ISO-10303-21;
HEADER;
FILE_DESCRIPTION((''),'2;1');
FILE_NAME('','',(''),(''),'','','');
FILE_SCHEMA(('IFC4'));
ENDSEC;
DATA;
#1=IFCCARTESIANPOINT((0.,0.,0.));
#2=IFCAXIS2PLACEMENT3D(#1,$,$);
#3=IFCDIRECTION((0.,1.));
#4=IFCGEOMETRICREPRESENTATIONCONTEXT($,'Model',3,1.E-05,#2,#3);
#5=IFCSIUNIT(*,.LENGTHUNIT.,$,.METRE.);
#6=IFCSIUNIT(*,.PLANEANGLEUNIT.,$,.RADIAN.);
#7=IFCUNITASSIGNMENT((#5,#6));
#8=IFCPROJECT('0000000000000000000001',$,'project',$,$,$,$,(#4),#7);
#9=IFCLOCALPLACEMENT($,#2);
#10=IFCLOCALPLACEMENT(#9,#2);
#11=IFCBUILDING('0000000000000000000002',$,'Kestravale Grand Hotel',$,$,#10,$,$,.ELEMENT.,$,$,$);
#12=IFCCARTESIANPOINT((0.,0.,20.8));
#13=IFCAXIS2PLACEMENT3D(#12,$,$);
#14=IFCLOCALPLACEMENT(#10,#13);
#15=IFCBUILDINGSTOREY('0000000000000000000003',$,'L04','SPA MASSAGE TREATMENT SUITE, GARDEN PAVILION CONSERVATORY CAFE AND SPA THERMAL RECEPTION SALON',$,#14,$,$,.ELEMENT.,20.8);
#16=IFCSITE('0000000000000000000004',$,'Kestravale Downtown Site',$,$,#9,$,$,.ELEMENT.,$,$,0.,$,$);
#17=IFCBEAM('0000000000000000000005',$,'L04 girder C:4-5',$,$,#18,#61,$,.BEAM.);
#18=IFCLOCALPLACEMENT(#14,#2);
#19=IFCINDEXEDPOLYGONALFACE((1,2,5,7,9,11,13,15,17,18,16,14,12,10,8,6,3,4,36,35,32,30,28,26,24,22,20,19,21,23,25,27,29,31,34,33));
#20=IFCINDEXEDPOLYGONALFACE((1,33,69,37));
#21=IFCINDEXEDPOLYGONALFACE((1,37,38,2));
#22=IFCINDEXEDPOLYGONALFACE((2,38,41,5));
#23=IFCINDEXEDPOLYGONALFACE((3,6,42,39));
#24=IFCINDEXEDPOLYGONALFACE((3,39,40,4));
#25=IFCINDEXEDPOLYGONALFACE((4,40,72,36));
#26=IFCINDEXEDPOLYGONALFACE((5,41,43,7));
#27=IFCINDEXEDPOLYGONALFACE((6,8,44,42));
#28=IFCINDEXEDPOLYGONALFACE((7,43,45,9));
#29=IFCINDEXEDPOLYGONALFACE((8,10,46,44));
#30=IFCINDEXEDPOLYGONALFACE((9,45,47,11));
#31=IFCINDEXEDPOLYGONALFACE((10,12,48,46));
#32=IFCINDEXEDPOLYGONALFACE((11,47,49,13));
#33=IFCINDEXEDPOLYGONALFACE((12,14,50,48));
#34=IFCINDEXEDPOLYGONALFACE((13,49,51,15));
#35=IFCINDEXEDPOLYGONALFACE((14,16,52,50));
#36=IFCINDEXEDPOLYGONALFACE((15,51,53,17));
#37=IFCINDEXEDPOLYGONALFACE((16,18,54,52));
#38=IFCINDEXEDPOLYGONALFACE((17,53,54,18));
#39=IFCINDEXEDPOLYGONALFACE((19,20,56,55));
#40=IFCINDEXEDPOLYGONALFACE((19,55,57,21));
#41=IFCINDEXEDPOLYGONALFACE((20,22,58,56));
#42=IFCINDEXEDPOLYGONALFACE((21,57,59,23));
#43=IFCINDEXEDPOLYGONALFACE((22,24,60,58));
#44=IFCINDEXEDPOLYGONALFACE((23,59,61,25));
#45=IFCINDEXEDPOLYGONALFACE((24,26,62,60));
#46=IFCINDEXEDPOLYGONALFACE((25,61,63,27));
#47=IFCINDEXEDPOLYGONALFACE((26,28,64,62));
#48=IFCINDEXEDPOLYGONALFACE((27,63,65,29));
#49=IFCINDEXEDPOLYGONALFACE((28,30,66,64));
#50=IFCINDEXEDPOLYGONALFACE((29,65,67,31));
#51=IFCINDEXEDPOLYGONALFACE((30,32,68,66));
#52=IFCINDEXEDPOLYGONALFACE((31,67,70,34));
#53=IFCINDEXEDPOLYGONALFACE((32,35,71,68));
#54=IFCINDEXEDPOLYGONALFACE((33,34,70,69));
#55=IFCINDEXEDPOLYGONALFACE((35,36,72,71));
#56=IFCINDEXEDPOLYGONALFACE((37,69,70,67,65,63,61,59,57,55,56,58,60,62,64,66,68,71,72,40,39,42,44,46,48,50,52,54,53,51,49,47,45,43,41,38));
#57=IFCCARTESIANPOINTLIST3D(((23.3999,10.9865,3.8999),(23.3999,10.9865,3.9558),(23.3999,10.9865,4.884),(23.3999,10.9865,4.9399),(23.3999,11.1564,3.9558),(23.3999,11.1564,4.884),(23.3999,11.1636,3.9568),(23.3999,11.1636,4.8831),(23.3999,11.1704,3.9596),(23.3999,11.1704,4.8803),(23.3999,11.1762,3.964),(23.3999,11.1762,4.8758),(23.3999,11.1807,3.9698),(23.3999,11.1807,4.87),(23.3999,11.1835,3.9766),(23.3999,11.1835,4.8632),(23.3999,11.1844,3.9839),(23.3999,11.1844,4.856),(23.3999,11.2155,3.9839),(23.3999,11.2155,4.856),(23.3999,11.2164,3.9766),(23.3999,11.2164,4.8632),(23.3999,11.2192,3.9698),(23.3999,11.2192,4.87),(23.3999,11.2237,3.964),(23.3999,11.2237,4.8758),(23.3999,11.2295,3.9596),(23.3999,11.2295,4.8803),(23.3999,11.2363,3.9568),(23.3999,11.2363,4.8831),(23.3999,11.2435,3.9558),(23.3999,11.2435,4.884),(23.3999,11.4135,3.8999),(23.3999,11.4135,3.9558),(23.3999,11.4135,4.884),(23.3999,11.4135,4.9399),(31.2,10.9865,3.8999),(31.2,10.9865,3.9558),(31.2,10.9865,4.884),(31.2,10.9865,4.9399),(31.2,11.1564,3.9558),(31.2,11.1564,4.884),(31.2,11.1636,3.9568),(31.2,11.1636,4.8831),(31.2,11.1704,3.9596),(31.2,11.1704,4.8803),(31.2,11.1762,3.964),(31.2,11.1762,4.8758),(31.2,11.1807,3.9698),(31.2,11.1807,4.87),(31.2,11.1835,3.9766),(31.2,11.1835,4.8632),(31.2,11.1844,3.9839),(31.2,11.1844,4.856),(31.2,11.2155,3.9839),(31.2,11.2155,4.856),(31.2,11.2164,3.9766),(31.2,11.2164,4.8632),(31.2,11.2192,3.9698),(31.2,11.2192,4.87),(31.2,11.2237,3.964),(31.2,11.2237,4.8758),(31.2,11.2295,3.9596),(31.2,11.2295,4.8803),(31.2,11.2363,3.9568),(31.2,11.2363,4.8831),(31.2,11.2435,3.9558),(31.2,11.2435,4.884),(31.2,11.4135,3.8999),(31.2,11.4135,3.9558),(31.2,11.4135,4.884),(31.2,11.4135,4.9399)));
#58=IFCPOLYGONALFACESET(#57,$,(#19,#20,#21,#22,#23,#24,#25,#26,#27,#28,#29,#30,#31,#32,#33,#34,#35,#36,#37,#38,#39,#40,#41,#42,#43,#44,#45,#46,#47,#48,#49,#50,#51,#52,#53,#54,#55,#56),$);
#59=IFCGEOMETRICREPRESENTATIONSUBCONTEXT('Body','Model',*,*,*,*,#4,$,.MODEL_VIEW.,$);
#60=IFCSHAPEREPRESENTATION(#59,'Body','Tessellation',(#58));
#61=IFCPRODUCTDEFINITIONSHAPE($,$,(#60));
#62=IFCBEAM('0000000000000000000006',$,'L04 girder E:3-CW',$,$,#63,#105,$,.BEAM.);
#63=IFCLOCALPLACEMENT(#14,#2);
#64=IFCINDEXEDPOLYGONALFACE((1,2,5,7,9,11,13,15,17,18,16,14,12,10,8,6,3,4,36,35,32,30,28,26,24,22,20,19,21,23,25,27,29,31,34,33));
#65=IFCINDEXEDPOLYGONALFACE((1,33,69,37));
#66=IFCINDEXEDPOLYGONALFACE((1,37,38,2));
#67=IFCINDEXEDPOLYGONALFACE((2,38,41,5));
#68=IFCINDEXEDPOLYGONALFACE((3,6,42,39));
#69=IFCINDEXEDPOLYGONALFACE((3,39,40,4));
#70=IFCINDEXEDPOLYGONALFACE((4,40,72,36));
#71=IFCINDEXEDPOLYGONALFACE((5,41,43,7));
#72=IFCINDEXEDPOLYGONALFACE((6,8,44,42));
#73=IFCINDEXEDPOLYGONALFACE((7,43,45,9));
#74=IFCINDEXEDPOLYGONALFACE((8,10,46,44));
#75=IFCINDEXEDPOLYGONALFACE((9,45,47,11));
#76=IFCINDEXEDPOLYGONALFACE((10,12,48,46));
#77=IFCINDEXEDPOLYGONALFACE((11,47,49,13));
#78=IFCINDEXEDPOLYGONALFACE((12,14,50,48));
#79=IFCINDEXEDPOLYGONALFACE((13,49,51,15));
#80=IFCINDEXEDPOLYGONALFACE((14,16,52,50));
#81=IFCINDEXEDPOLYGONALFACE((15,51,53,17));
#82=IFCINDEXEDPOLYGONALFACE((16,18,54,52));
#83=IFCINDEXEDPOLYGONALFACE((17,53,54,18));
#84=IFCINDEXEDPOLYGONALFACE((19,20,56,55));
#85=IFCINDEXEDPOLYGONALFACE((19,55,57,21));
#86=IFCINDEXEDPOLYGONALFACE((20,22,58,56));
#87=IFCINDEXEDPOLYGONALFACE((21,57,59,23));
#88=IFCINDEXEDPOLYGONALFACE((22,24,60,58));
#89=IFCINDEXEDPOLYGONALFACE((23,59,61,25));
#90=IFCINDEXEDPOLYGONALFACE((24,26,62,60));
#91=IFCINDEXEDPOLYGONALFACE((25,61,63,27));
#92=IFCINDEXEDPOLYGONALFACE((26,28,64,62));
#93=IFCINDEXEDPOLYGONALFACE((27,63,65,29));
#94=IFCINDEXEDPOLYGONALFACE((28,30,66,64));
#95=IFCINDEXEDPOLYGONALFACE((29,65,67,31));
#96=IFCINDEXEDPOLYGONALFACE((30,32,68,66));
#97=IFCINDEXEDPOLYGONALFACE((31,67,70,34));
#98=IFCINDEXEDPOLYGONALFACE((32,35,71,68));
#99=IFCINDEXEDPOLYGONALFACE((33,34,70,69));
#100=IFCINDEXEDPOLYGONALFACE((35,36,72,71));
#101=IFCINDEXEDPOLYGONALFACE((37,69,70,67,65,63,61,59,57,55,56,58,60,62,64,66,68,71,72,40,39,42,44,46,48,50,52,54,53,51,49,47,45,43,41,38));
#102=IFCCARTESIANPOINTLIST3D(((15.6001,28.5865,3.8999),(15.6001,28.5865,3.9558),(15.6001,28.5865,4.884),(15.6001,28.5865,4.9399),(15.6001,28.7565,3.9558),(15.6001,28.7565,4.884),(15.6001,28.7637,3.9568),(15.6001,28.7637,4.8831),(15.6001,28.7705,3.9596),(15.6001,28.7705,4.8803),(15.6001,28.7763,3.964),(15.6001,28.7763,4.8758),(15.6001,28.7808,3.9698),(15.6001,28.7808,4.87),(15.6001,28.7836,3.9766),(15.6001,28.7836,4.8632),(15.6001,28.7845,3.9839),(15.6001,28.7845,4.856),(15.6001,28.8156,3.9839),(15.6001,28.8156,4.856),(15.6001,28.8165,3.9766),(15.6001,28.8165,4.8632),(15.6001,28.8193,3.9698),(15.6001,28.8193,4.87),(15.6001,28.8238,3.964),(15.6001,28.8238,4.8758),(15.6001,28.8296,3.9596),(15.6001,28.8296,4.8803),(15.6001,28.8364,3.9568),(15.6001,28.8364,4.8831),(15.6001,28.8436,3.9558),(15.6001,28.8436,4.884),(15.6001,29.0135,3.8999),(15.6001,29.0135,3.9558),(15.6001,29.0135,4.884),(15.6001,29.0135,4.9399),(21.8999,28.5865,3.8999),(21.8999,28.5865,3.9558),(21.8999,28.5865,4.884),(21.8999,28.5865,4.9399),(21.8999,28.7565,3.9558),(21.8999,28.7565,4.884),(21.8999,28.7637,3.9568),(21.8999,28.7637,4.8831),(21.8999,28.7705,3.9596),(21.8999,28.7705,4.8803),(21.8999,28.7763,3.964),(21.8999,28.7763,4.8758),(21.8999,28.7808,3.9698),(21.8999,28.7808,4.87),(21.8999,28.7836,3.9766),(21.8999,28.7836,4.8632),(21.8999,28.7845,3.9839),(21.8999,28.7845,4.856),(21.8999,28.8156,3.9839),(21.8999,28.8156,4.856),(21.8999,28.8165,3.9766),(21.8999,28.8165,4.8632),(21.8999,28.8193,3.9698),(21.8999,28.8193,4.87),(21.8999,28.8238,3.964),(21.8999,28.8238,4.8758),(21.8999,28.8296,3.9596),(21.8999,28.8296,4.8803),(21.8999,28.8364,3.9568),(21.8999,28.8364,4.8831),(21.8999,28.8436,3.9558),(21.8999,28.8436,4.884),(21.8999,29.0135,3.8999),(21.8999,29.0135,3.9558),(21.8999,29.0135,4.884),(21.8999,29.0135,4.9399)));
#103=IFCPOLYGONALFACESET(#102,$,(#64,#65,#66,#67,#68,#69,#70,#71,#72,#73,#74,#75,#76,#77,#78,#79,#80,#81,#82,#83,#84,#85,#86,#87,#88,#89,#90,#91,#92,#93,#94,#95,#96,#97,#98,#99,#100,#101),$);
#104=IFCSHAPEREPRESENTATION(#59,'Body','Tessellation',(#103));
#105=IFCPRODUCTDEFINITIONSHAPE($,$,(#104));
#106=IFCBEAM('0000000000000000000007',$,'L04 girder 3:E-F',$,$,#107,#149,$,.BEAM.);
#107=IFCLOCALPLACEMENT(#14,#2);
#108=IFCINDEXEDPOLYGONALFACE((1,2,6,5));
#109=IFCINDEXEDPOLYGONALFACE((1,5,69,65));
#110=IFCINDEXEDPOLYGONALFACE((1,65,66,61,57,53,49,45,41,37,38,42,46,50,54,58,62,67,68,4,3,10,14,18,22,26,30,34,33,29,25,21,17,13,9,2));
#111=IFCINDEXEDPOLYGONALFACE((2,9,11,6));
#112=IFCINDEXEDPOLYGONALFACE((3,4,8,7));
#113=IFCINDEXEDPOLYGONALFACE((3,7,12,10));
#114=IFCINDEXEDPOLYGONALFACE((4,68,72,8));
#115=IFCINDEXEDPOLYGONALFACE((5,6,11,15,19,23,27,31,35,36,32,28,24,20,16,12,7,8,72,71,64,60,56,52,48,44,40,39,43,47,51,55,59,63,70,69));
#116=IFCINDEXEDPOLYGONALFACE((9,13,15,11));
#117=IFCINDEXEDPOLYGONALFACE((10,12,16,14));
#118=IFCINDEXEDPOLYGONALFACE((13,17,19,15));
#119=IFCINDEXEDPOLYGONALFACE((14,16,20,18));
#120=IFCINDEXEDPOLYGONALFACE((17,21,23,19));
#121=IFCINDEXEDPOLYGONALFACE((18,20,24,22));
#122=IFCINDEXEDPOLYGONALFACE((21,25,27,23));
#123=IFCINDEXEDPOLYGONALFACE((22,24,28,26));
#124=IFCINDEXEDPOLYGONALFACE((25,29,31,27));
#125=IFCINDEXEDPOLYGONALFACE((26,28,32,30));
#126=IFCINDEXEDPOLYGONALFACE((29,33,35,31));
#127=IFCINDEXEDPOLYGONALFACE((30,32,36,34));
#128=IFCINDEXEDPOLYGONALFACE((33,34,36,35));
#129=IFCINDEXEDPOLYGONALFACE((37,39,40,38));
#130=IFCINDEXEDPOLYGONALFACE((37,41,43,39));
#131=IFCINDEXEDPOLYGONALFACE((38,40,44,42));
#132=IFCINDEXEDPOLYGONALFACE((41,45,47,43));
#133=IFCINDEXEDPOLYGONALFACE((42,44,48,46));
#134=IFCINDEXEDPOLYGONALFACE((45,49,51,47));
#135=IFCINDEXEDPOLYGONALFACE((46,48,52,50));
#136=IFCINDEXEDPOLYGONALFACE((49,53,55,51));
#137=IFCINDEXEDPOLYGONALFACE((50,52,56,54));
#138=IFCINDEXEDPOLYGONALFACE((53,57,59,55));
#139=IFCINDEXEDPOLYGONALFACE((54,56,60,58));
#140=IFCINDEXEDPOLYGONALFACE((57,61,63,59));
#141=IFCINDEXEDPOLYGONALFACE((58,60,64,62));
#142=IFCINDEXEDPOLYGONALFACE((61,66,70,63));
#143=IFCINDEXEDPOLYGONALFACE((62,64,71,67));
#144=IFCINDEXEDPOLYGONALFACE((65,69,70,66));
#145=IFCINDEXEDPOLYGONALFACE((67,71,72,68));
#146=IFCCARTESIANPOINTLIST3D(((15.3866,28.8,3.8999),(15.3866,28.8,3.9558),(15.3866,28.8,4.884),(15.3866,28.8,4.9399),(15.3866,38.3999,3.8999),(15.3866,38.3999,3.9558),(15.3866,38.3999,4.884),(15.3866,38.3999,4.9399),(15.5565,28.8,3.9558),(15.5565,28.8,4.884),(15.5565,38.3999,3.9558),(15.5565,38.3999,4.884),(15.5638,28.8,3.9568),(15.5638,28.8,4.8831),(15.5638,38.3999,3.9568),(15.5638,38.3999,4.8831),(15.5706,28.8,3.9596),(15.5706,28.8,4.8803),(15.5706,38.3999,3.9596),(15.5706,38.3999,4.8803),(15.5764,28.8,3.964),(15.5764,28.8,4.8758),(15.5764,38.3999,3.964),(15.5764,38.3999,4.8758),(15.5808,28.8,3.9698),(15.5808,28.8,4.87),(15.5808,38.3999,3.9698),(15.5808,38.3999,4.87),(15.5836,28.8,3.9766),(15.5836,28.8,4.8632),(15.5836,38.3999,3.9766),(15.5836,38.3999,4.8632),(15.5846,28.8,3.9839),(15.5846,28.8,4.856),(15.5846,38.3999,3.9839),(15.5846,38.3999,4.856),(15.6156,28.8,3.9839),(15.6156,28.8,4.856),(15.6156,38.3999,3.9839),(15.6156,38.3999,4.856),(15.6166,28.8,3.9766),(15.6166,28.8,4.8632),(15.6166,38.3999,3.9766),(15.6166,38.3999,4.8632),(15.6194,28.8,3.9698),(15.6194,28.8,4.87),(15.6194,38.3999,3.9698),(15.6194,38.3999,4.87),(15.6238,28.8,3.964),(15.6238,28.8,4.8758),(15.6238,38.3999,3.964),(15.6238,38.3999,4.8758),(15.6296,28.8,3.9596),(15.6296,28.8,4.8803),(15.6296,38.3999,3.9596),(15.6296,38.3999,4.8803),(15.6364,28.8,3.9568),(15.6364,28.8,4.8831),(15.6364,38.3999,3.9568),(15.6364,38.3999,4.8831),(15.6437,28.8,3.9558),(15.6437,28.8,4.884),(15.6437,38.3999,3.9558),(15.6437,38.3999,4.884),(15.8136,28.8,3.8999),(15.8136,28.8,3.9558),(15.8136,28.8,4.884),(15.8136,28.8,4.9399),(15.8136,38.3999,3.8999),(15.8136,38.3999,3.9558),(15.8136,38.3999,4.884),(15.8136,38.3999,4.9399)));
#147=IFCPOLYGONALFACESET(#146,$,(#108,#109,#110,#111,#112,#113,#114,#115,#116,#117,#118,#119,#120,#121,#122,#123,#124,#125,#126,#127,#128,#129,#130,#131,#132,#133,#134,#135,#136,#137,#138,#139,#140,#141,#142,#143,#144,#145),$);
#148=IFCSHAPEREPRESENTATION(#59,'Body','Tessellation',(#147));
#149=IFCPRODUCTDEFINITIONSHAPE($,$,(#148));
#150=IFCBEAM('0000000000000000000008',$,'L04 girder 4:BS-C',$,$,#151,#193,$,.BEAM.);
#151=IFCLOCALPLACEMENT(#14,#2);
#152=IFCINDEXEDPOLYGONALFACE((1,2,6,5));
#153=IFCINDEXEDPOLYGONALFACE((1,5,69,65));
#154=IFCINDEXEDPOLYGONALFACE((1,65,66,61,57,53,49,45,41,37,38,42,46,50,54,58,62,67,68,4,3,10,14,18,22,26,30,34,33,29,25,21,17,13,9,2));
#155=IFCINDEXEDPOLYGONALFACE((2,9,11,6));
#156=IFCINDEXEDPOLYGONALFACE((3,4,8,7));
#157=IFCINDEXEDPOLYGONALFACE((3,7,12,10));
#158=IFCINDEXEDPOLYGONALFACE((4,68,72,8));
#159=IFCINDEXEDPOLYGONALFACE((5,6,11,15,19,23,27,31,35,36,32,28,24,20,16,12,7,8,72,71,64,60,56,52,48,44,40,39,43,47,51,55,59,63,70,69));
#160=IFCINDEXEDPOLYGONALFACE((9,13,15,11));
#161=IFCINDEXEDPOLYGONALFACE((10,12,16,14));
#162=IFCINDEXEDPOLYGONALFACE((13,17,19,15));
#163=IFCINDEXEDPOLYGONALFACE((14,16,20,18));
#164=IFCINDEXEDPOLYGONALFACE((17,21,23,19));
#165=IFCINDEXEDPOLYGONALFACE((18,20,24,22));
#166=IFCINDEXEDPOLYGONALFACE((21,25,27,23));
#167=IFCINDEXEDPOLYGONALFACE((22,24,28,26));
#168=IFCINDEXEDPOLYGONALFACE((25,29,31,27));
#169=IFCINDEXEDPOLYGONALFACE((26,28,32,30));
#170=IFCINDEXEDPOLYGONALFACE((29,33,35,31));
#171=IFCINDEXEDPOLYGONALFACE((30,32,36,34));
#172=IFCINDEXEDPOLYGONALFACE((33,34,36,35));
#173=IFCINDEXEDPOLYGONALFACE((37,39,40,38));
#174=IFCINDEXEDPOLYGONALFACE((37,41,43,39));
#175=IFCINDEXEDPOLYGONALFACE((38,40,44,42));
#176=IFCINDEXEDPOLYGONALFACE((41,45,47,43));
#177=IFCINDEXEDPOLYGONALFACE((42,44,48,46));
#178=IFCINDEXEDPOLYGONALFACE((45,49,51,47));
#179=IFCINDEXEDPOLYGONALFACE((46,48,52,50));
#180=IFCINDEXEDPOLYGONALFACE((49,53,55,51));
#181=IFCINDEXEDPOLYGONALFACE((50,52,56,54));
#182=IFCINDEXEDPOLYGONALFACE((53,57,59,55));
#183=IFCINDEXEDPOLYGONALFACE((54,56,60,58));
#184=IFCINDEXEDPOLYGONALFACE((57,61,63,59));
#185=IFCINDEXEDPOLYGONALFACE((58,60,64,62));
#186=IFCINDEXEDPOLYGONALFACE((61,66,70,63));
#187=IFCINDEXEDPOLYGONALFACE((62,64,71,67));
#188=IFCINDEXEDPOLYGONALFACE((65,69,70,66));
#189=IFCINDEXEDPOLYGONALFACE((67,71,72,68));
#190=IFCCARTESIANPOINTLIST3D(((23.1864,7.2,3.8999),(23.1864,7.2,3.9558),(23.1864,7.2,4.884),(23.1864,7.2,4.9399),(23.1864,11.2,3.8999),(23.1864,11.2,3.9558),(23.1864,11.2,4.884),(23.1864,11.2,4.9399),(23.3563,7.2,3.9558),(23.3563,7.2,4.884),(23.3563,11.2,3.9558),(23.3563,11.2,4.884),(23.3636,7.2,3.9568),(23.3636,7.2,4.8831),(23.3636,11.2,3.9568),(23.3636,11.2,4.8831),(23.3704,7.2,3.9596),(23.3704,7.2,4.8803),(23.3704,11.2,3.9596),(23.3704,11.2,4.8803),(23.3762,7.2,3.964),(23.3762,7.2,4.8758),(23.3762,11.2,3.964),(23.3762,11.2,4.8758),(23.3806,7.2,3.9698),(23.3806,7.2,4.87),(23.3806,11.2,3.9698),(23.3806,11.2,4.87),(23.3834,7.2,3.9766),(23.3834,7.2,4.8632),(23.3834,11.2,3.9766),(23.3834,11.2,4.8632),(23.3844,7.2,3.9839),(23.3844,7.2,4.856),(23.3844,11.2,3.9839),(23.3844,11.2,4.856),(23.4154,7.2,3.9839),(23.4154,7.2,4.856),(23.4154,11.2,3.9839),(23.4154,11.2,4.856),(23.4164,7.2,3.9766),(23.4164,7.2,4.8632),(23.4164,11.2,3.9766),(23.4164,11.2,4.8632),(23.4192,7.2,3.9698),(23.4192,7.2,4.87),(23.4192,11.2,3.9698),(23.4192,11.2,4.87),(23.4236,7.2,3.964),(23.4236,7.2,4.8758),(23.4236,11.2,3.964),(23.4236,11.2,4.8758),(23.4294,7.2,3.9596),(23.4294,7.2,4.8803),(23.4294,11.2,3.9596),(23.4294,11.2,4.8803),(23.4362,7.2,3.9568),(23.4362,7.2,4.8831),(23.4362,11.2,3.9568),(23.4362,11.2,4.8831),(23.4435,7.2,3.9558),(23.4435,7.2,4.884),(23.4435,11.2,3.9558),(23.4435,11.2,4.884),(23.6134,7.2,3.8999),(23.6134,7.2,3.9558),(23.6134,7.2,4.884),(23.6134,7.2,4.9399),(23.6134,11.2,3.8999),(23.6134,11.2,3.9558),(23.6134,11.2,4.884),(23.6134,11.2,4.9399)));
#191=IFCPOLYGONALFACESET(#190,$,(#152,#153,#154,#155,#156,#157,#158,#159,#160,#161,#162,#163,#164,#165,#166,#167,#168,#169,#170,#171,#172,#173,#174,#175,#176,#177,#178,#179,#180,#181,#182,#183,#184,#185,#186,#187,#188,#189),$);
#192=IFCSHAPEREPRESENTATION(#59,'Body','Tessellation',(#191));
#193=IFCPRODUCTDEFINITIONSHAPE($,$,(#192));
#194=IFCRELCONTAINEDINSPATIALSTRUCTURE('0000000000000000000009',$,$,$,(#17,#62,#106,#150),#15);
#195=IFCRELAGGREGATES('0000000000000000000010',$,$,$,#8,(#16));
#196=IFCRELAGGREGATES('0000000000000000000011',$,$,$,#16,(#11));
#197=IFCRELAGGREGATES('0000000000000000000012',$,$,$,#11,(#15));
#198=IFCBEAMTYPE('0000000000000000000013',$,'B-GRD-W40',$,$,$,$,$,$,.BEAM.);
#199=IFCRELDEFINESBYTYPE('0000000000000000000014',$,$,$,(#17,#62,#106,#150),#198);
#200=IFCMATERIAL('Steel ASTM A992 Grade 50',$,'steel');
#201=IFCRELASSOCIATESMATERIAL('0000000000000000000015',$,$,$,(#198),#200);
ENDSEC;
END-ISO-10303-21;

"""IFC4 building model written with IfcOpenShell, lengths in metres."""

from ifc_helpers import new_model, si_unit, direction, frame, origin, origin_2d, place, context, subcontext, project, spatial, i_section, extrude, material, material_profile, profile_set, type_object, element, save


model = new_model("IFC4")

# Units and contexts
model_context = context("Model", 3, precision=1e-05, world=origin(), true_north=direction((0.0, 1.0)))
body_context = subcontext(model_context, "Body", "Model", "MODEL_VIEW")
ifc_project = project(units=[si_unit("LENGTHUNIT", "METRE"), si_unit("PLANEANGLEUNIT", "RADIAN")], contexts=[model_context])

# Site, building, storey
site_placement = place(None, origin())
site = spatial("IfcSite", under=ifc_project, at=site_placement, Name="Kestravale Downtown Site", CompositionType="ELEMENT", RefElevation=0.0)
building_placement = place(site_placement, origin())
building = spatial("IfcBuilding", under=site, at=building_placement, Name="Kestravale Grand Hotel", CompositionType="ELEMENT")
storey_placement = place(building_placement, frame((0.0, 0.0, 20.8)))
storey = spatial("IfcBuildingStorey", under=building, at=storey_placement, Name="L04", Description="SPA MASSAGE TREATMENT SUITE, GARDEN PAVILION CONSERVATORY CAFE AND SPA THERMAL RECEPTION SALON", CompositionType="ELEMENT", Elevation=20.8)

# Beams
ifc_material_1 = material(Name="Steel ASTM A992 Grade 50", Category="steel")
ifc_material_profile_1 = material_profile(ifc_material_1, i_section(OverallWidth=0.427, OverallDepth=1.04, WebThickness=0.031, FlangeThickness=0.0559, FilletRadius=0.0281, at=origin_2d()))
ifc_profile_set_1 = profile_set([ifc_material_profile_1], Name="Steel ASTM A992 Grade 50")
beam_type_1 = type_object("IfcBeamType", Name="B-GRD-W40", PredefinedType="BEAM", material=ifc_profile_set_1)
beam_1_placement = place(storey_placement, frame((23.3999, 11.2, 4.4199), z_axis=(1.0, 0.0, 0.0), x_axis=(0.0, 1.0, 0.0)))
element("IfcBeam", 1, at=beam_1_placement, inside=storey, type_object=beam_type_1, Name="L04 girder C:4-5", PredefinedType="BEAM", context=body_context, shape_type="SweptSolid", body=[
    extrude(i_section(OverallWidth=0.427, OverallDepth=1.04, WebThickness=0.031, FlangeThickness=0.0559, FilletRadius=0.0281, at=origin_2d()), origin(), (0.0, 0.0, 1.0), 7.8),
])
beam_2_placement = place(storey_placement, frame((15.6001, 28.8, 4.4199), z_axis=(1.0, 0.0, 0.0), x_axis=(0.0, 1.0, 0.0)))
element("IfcBeam", 2, at=beam_2_placement, inside=storey, type_object=beam_type_1, Name="L04 girder E:3-CW", PredefinedType="BEAM", context=body_context, shape_type="SweptSolid", body=[
    extrude(i_section(OverallWidth=0.427, OverallDepth=1.04, WebThickness=0.031, FlangeThickness=0.0559, FilletRadius=0.0281, at=origin_2d()), origin(), (0.0, 0.0, 1.0), 6.2998),
])
beam_3_placement = place(storey_placement, frame((15.6001, 28.8, 4.4199), z_axis=(0.0, 1.0, 0.0), x_axis=(-1.0, 0.0, 0.0)))
element("IfcBeam", 3, at=beam_3_placement, inside=storey, type_object=beam_type_1, Name="L04 girder 3:E-F", PredefinedType="BEAM", context=body_context, shape_type="SweptSolid", body=[
    extrude(i_section(OverallWidth=0.427, OverallDepth=1.04, WebThickness=0.031, FlangeThickness=0.0559, FilletRadius=0.0281, at=origin_2d()), origin(), (0.0, 0.0, 1.0), 9.5999),
])
for number, where, z_axis, x_axis, name in (
    (4, (23.3999, 7.2, 4.4199), (0.0, 1.0, 0.0), (-1.0, 0.0, 0.0), "L04 girder 4:BS-C"),
):
    element("IfcBeam", number, at=place(storey_placement, frame(where, z_axis=z_axis, x_axis=x_axis)), inside=storey, type_object=beam_type_1, Name=name, PredefinedType="BEAM", context=body_context, shape_type="SweptSolid", body=[
        extrude(i_section(OverallWidth=0.427, OverallDepth=1.04, WebThickness=0.031, FlangeThickness=0.0559, FilletRadius=0.0281, at=origin_2d()), origin(), (0.0, 0.0, 1.0), 4.0),
    ])

save(model, "model.ifc")
